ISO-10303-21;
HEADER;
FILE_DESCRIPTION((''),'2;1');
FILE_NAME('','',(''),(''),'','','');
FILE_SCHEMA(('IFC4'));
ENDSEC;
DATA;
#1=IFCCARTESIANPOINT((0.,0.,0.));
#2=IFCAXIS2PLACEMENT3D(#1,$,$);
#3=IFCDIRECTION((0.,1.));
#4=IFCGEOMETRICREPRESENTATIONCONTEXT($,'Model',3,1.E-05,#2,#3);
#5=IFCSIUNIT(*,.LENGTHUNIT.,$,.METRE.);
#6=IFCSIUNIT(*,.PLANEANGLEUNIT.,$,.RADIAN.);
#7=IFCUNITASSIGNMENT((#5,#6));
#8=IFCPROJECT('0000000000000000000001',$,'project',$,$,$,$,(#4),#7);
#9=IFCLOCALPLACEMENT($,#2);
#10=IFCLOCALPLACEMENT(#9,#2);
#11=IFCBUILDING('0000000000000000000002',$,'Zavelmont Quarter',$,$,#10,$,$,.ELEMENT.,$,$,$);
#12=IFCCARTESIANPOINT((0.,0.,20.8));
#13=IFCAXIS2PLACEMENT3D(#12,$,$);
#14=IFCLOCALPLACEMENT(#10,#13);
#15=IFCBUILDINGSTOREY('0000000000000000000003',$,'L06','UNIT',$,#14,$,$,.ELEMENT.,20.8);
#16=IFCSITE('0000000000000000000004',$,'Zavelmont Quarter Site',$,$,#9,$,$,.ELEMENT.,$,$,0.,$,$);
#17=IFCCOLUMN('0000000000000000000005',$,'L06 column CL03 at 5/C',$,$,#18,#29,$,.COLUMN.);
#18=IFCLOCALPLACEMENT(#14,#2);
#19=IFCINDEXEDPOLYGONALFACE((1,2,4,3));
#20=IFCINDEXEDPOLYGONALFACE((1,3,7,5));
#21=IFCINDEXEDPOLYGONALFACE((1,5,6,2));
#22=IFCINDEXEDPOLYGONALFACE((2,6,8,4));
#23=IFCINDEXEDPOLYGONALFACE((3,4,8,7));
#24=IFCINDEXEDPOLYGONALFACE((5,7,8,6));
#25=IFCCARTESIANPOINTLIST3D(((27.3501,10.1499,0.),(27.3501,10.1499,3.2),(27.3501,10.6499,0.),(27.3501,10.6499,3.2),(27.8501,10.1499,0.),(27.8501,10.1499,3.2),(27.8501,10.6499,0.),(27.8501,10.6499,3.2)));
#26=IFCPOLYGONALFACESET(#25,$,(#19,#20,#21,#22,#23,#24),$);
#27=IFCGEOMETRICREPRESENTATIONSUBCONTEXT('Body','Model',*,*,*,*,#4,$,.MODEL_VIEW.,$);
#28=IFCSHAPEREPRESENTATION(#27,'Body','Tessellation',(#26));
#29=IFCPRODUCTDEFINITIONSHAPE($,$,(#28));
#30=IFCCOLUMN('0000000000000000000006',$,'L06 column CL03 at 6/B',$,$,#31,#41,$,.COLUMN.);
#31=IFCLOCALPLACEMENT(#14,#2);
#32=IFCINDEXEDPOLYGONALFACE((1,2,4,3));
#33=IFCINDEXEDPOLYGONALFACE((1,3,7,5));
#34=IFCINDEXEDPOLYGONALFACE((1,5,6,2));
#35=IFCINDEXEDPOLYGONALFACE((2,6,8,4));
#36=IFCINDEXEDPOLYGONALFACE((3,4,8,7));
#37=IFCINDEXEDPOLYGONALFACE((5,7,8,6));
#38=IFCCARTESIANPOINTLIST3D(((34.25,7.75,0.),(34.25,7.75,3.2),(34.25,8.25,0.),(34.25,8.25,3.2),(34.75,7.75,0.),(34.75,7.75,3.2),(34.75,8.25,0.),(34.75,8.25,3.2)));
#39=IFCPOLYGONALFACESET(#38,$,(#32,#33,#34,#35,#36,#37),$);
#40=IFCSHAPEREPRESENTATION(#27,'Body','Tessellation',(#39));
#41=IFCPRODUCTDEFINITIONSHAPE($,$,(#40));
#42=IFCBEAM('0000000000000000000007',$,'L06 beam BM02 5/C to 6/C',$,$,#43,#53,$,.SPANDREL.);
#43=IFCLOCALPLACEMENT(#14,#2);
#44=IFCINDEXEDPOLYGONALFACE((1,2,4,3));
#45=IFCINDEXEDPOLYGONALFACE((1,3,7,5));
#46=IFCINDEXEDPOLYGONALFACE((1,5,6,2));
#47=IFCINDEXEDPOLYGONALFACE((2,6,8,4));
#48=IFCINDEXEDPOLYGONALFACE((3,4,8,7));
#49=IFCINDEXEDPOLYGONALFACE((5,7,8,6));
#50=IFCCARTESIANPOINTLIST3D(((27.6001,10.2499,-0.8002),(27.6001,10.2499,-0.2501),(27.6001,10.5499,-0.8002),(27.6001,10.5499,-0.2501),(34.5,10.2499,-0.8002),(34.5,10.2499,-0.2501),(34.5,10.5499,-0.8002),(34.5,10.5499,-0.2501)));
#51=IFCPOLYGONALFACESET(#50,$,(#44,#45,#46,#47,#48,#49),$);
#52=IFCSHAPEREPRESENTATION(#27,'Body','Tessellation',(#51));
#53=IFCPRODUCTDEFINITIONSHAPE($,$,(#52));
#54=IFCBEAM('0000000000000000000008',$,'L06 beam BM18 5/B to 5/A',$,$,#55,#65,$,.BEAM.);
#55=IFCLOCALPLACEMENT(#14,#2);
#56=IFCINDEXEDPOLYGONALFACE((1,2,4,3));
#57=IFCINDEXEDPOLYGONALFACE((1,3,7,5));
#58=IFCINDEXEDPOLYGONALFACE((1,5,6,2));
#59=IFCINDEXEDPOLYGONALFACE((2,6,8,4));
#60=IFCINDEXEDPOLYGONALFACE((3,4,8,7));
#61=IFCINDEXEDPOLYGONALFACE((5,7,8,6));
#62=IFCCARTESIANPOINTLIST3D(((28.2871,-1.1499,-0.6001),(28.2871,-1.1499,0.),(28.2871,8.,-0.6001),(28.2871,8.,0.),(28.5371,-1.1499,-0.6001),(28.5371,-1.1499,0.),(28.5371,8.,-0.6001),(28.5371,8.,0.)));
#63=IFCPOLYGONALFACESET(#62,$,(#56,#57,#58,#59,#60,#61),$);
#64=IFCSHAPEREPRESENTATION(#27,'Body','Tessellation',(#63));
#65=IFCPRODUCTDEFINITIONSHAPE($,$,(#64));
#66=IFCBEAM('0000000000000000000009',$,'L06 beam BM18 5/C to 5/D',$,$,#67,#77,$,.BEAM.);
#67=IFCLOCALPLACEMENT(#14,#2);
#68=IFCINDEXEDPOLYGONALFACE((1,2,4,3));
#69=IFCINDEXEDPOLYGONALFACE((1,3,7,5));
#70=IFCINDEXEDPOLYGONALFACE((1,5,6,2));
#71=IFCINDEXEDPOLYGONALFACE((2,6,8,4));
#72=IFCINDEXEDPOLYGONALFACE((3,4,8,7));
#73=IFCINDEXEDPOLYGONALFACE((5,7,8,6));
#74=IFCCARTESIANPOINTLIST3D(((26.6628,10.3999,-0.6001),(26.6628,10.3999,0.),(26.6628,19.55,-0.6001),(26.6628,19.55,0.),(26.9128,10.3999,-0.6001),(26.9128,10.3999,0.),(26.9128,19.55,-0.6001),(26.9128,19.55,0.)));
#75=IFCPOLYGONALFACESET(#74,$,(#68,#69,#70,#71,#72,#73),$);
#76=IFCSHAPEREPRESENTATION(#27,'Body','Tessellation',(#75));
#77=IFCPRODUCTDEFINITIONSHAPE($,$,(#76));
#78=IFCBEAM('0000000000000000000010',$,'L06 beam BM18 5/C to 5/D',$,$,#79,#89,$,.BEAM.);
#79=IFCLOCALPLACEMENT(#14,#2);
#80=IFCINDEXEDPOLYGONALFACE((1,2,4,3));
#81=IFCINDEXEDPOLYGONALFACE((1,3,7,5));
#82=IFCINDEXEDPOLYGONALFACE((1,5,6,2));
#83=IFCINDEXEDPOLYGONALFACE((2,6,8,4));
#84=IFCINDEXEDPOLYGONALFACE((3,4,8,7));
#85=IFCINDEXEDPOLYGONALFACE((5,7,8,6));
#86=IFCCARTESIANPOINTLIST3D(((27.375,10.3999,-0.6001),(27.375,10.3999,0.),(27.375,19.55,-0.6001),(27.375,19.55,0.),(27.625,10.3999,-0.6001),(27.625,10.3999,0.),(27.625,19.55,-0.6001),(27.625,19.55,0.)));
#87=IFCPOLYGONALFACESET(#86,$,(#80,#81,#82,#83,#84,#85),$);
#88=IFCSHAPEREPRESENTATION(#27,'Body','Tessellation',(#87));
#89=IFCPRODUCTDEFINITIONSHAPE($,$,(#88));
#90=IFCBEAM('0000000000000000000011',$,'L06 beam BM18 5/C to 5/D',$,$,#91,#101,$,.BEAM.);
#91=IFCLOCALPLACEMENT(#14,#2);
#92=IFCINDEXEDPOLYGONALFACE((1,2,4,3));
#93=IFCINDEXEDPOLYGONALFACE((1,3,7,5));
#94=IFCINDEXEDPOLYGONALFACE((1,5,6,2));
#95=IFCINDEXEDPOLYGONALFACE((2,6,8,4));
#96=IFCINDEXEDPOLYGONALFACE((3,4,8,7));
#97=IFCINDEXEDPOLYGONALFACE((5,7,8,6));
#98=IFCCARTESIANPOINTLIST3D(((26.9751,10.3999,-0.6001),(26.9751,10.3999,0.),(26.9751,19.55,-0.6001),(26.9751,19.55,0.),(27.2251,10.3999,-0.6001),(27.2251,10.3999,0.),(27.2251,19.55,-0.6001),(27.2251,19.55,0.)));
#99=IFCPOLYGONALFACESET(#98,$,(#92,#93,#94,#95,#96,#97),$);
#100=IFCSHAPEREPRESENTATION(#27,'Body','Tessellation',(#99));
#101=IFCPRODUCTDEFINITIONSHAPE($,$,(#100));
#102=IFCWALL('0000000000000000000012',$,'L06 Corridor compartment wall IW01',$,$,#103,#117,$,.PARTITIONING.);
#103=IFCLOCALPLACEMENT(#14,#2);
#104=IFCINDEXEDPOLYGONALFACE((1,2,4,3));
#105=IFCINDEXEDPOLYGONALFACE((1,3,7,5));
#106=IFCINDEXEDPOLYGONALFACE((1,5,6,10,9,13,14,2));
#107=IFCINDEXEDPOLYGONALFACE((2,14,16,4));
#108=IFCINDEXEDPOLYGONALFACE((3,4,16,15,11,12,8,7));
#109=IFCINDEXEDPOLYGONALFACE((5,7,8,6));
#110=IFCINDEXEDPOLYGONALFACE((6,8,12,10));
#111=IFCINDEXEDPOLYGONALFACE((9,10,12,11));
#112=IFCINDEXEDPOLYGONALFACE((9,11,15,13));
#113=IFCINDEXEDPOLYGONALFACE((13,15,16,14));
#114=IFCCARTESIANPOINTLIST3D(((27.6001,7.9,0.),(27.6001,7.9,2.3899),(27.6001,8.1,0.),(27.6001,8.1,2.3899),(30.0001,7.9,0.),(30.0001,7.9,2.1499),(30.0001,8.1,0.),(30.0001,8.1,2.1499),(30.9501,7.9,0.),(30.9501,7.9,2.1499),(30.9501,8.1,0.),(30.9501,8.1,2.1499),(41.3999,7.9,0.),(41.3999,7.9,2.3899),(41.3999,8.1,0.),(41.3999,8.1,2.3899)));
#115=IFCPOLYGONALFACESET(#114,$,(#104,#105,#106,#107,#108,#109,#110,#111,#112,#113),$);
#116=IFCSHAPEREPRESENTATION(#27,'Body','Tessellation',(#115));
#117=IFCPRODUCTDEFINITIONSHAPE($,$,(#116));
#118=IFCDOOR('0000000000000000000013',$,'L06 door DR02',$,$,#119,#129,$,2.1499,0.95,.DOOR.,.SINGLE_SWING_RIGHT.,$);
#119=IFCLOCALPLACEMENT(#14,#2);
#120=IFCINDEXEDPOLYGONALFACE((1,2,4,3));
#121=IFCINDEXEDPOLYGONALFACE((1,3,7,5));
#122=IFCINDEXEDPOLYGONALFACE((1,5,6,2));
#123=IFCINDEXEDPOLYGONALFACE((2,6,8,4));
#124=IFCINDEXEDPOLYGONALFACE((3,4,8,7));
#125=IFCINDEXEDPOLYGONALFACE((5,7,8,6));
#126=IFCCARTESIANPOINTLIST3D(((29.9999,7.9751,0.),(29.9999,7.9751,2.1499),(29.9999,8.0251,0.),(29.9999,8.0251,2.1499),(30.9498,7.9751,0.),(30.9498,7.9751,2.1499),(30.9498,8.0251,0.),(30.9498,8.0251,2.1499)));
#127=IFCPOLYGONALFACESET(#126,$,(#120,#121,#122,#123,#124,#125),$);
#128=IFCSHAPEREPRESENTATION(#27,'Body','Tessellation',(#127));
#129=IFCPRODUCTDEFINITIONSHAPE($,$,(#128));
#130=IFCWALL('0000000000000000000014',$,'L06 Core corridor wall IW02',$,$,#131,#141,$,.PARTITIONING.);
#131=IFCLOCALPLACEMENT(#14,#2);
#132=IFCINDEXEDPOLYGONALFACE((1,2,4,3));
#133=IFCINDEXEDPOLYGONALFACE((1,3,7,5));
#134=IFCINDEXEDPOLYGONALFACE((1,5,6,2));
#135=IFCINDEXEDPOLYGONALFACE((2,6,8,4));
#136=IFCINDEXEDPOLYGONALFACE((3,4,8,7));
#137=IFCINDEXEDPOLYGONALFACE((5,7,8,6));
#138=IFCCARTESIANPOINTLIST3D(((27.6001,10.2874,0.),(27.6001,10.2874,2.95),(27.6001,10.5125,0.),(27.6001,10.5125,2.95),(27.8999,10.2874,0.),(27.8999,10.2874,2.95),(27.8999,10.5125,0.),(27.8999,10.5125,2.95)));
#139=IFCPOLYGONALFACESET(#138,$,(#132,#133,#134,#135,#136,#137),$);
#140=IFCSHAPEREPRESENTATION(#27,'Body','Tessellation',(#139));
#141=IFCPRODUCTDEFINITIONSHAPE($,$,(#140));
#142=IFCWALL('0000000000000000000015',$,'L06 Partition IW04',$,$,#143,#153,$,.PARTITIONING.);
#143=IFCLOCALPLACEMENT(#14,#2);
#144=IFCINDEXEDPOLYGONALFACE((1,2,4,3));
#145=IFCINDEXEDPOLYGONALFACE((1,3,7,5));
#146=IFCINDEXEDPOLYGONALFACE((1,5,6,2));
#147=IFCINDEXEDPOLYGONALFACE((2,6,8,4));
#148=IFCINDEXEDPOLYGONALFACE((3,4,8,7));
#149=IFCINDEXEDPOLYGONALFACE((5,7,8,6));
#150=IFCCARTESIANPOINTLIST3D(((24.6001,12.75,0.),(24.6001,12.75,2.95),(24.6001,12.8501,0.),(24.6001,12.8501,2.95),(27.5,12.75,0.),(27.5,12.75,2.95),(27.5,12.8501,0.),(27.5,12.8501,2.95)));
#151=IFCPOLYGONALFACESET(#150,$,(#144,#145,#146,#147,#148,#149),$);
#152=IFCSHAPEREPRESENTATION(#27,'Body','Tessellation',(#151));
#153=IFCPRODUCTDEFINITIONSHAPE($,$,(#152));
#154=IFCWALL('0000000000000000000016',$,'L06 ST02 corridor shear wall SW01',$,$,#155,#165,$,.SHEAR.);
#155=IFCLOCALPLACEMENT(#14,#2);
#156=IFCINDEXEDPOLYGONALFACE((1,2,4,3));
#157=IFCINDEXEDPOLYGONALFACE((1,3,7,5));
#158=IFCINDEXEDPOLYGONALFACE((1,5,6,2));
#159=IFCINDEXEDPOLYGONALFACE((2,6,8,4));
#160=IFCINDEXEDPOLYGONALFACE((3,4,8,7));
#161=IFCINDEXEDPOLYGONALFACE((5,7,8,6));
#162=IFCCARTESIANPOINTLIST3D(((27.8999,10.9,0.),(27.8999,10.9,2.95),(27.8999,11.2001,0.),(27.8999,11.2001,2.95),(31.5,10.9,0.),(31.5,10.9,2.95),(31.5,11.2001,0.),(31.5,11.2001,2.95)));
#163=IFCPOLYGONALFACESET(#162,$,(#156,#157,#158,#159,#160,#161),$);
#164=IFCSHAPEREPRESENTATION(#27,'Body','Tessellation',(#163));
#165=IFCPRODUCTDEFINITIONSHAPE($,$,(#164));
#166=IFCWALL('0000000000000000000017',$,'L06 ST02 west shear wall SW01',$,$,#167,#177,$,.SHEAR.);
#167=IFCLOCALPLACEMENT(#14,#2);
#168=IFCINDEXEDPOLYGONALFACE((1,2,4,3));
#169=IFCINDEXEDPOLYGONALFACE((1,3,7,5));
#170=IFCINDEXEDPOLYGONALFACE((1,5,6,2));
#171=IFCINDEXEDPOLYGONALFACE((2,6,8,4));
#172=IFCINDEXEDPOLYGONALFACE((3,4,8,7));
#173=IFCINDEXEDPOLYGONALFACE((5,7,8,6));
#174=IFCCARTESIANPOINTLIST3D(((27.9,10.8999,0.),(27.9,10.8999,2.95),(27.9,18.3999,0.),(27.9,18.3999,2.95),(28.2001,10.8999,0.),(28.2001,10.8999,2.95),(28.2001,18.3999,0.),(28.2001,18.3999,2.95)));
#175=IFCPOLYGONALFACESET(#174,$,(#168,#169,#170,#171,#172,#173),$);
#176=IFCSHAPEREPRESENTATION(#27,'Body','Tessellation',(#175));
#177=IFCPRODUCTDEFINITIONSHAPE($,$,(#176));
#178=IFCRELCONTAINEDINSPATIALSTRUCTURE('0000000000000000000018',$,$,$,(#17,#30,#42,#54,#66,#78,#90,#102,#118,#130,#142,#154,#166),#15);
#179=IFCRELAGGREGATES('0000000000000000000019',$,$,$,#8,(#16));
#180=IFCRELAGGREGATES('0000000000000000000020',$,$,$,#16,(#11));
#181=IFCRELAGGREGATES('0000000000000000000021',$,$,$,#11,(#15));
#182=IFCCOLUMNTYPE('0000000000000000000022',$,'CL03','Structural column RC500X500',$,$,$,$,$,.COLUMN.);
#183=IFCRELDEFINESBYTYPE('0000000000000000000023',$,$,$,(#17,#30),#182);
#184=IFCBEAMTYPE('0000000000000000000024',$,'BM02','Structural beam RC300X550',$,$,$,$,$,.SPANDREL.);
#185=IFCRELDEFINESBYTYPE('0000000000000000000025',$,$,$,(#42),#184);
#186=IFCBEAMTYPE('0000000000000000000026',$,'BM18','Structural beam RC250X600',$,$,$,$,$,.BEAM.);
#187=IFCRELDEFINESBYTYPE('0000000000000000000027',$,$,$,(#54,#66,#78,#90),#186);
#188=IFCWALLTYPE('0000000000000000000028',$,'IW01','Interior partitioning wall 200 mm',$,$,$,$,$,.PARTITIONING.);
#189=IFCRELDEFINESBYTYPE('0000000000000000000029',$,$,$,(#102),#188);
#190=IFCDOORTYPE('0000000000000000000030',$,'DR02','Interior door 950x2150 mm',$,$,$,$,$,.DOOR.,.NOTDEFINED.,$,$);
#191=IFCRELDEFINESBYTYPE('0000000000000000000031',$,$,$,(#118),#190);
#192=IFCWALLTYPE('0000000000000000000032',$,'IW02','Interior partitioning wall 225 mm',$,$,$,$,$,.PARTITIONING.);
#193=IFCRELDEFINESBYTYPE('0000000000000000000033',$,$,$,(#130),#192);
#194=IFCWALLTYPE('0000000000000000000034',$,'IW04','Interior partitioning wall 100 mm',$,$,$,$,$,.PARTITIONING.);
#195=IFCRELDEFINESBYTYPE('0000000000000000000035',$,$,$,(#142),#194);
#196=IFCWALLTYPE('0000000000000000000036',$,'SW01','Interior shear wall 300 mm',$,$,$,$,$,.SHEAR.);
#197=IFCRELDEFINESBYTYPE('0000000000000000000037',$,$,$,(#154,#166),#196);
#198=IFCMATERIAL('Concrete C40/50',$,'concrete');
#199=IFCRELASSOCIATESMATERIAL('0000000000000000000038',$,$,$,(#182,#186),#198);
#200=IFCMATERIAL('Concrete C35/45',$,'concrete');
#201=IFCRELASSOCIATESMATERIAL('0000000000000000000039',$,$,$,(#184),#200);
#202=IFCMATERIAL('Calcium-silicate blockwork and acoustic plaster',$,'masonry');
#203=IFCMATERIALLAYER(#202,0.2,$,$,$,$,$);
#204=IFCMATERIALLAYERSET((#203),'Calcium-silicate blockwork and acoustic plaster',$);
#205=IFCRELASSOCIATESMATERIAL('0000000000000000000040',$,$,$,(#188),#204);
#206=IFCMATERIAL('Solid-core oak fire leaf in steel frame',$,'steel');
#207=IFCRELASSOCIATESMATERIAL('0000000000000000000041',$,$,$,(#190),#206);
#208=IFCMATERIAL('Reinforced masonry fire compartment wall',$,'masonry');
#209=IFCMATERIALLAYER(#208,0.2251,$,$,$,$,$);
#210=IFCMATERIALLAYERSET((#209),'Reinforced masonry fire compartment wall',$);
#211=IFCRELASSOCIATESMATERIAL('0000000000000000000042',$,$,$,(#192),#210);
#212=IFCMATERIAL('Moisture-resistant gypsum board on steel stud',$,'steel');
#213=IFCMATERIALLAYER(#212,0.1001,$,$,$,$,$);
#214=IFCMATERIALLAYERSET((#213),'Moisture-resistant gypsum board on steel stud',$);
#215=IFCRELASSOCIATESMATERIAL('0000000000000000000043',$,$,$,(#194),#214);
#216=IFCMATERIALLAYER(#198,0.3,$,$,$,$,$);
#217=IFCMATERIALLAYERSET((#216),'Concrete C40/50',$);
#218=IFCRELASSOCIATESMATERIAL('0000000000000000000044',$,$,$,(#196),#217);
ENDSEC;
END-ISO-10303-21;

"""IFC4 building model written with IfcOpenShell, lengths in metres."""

from ifc_helpers import new_model, si_unit, direction, frame, frame_2d, origin, origin_2d, place, context, subcontext, project, spatial, rectangle, extrude, material, layer, layer_set, material_profile, profile_set, type_object, element, fill, save


model = new_model("IFC4")

# Units and contexts
model_context = context("Model", 3, precision=1e-05, world=origin(), true_north=direction((0.0, 1.0)))
body_context = subcontext(model_context, "Body", "Model", "MODEL_VIEW")
ifc_project = project(units=[si_unit("LENGTHUNIT", "METRE"), si_unit("PLANEANGLEUNIT", "RADIAN")], contexts=[model_context])

# Site, building, storey
site_placement = place(None, origin())
site = spatial("IfcSite", under=ifc_project, at=site_placement, Name="Zavelmont Quarter Site", CompositionType="ELEMENT", RefElevation=0.0)
building_placement = place(site_placement, origin())
building = spatial("IfcBuilding", under=site, at=building_placement, Name="Zavelmont Quarter", CompositionType="ELEMENT")
storey_placement = place(building_placement, frame((0.0, 0.0, 20.8)))
storey = spatial("IfcBuildingStorey", under=building, at=storey_placement, Name="L06", Description="UNIT", CompositionType="ELEMENT", Elevation=20.8)

# Columns
ifc_material_1 = material(Name="Concrete C40/50", Category="concrete")
ifc_material_profile_1 = material_profile(ifc_material_1, rectangle(XDim=0.5, YDim=0.5, at=origin_2d()), Name="RC500X500")
ifc_profile_set_1 = profile_set([ifc_material_profile_1], Name="Concrete C40/50")
column_type = type_object("IfcColumnType", Name="CL03", Description="Structural column RC500X500", PredefinedType="COLUMN", material=ifc_profile_set_1)
for number, where, z_axis, x_axis, name in (
    (1, (27.6001, 10.3999, 0.0), (0.0, 0.0, 1.0), (1.0, 0.0, 0.0), "L06 column CL03 at 5/C"),
    (2, (34.5, 8.0, 0.0), (0.0, 0.0, 1.0), (1.0, 0.0, 0.0), "L06 column CL03 at 6/B"),
):
    element("IfcColumn", number, at=place(storey_placement, frame(where, z_axis=z_axis, x_axis=x_axis)), inside=storey, type_object=column_type, Name=name, PredefinedType="COLUMN", context=body_context, shape_type="SweptSolid", body=[
        extrude(rectangle(XDim=0.5, YDim=0.5, at=origin_2d()), origin(), (0.0, 0.0, 1.0), 3.2),
    ])

# Beams
ifc_material_2 = material(Name="Concrete C35/45", Category="concrete")
ifc_material_profile_2 = material_profile(ifc_material_2, rectangle(XDim=0.3, YDim=0.55, at=origin_2d()), Name="RC300X550")
ifc_profile_set_2 = profile_set([ifc_material_profile_2], Name="Concrete C35/45")
beam_type_1 = type_object("IfcBeamType", Name="BM02", Description="Structural beam RC300X550", PredefinedType="SPANDREL", material=ifc_profile_set_2)
beam_1_placement = place(storey_placement, frame((27.6001, 10.3999, -0.5251), z_axis=(1.0, 0.0, 0.0), x_axis=(0.0, 1.0, 0.0)))
element("IfcBeam", 3, at=beam_1_placement, inside=storey, type_object=beam_type_1, Name="L06 beam BM02 5/C to 6/C", PredefinedType="SPANDREL", context=body_context, shape_type="SweptSolid", body=[
    extrude(rectangle(XDim=0.3, YDim=0.55, at=origin_2d()), origin(), (0.0, 0.0, 1.0), 6.8999),
])
ifc_material_profile_3 = material_profile(ifc_material_1, rectangle(XDim=0.25, YDim=0.6001, at=origin_2d()), Name="RC250X600")
ifc_profile_set_3 = profile_set([ifc_material_profile_3], Name="Concrete C40/50")
beam_type_2 = type_object("IfcBeamType", Name="BM18", Description="Structural beam RC250X600", PredefinedType="BEAM", material=ifc_profile_set_3)
beam_2_placement = place(storey_placement, frame((28.4121, 8.0, -0.3), z_axis=(0.0, -1.0, 0.0), x_axis=(1.0, 0.0, 0.0)))
element("IfcBeam", 4, at=beam_2_placement, inside=storey, type_object=beam_type_2, Name="L06 beam BM18 5/B to 5/A", PredefinedType="BEAM", context=body_context, shape_type="SweptSolid", body=[
    extrude(rectangle(XDim=0.25, YDim=0.6001, at=origin_2d()), origin(), (0.0, 0.0, 1.0), 9.1499),
])
for number, where, z_axis, x_axis, name in (
    (5, (26.7878, 10.3999, -0.3), (0.0, 1.0, 0.0), (-1.0, 0.0, 0.0), "L06 beam BM18 5/C to 5/D"),
    (6, (27.5, 10.3999, -0.3), (0.0, 1.0, 0.0), (-1.0, 0.0, 0.0), "L06 beam BM18 5/C to 5/D"),
    (7, (27.1001, 10.3999, -0.3), (0.0, 1.0, 0.0), (-1.0, 0.0, 0.0), "L06 beam BM18 5/C to 5/D"),
):
    element("IfcBeam", number, at=place(storey_placement, frame(where, z_axis=z_axis, x_axis=x_axis)), inside=storey, type_object=beam_type_2, Name=name, PredefinedType="BEAM", context=body_context, shape_type="SweptSolid", body=[
        extrude(rectangle(XDim=0.25, YDim=0.6001, at=origin_2d()), origin(), (0.0, 0.0, 1.0), 9.1501),
    ])

# Wall, opening, door
ifc_material_3 = material(Name="Calcium-silicate blockwork and acoustic plaster", Category="masonry")
ifc_layer_1 = layer(ifc_material_3, 0.2)
ifc_layer_set_1 = layer_set([ifc_layer_1], Name="Calcium-silicate blockwork and acoustic plaster")
wall_type_1 = type_object("IfcWallType", Name="IW01", Description="Interior partitioning wall 200 mm", PredefinedType="PARTITIONING", material=ifc_layer_set_1)
wall_1_placement = place(storey_placement, frame((27.6001, 8.0, 0.0), z_axis=(0.0, 0.0, 1.0), x_axis=(1.0, 0.0, 0.0)))
wall_1 = element("IfcWall", 8, at=wall_1_placement, inside=storey, type_object=wall_type_1, Name="L06 Corridor compartment wall IW01", PredefinedType="PARTITIONING", context=body_context, shape_type="SweptSolid", body=[
    extrude(rectangle(XDim=13.7998, YDim=0.2, at=frame_2d((6.8999, 0.0))), origin(), (0.0, 0.0, 1.0), 2.3899),
])
opening_1_placement = place(wall_1_placement, frame((2.3999, 0.0, 0.0)))
opening_1 = element("IfcOpeningElement", 9, at=opening_1_placement, cuts=wall_1, PredefinedType="OPENING", context=body_context, shape_type="SweptSolid", body=[
    extrude(rectangle(XDim=0.95, YDim=2.1499, at=frame_2d((0.4751, 1.075))), frame((0.0, 0.1118, 0.0), z_axis=(0.0, -1.0, 0.0), x_axis=(1.0, 0.0, 0.0)), (0.0, 0.0, 1.0), 0.2239),
])
ifc_material_4 = material(Name="Solid-core oak fire leaf in steel frame", Category="steel")
door_type_1 = type_object("IfcDoorType", Name="DR02", Description="Interior door 950x2150 mm", OperationType="NOTDEFINED", PredefinedType="DOOR", material=ifc_material_4)
door_1_placement = place(opening_1_placement, frame((0.95, 0.0, 0.0), z_axis=(0.0, 0.0, 1.0), x_axis=(-1.0, 0.0, 0.0)))
door_1 = element("IfcDoor", 10, at=door_1_placement, inside=storey, type_object=door_type_1, Name="L06 door DR02", OperationType="SINGLE_SWING_RIGHT", OverallHeight=2.1499, OverallWidth=0.95, PredefinedType="DOOR", context=body_context, shape_type="SweptSolid", body=[
    extrude(rectangle(XDim=0.95, YDim=2.1499, at=frame_2d((0.4751, 1.075))), frame((0.0, 0.0249, 0.0), z_axis=(0.0, -1.0, 0.0), x_axis=(1.0, 0.0, 0.0)), (0.0, 0.0, 1.0), 0.05),
])
fill(opening_1, door_1)

# Wall
ifc_material_5 = material(Name="Reinforced masonry fire compartment wall", Category="masonry")
ifc_layer_2 = layer(ifc_material_5, 0.2251)
ifc_layer_set_2 = layer_set([ifc_layer_2], Name="Reinforced masonry fire compartment wall")
wall_type_2 = type_object("IfcWallType", Name="IW02", Description="Interior partitioning wall 225 mm", PredefinedType="PARTITIONING", material=ifc_layer_set_2)
wall_2_placement = place(storey_placement, frame((27.6001, 10.3999, 0.0), z_axis=(0.0, 0.0, 1.0), x_axis=(1.0, 0.0, 0.0)))
element("IfcWall", 11, at=wall_2_placement, inside=storey, type_object=wall_type_2, Name="L06 Core corridor wall IW02", PredefinedType="PARTITIONING", context=body_context, shape_type="SweptSolid", body=[
    extrude(rectangle(XDim=0.2998, YDim=0.2251, at=frame_2d((0.1499, 0.0))), origin(), (0.0, 0.0, 1.0), 2.95),
])

# Walls
ifc_material_6 = material(Name="Moisture-resistant gypsum board on steel stud", Category="steel")
ifc_layer_3 = layer(ifc_material_6, 0.1001)
ifc_layer_set_3 = layer_set([ifc_layer_3], Name="Moisture-resistant gypsum board on steel stud")
wall_type_3 = type_object("IfcWallType", Name="IW04", Description="Interior partitioning wall 100 mm", PredefinedType="PARTITIONING", material=ifc_layer_set_3)
wall_3_placement = place(storey_placement, frame((24.6001, 12.8, 0.0), z_axis=(0.0, 0.0, 1.0), x_axis=(1.0, 0.0, 0.0)))
element("IfcWall", 12, at=wall_3_placement, inside=storey, type_object=wall_type_3, Name="L06 Partition IW04", PredefinedType="PARTITIONING", context=body_context, shape_type="SweptSolid", body=[
    extrude(rectangle(XDim=2.8999, YDim=0.1001, at=frame_2d((1.45, 0.0))), origin(), (0.0, 0.0, 1.0), 2.95),
])
ifc_layer_4 = layer(ifc_material_1, 0.3)
ifc_layer_set_4 = layer_set([ifc_layer_4], Name="Concrete C40/50")
wall_type_4 = type_object("IfcWallType", Name="SW01", Description="Interior shear wall 300 mm", PredefinedType="SHEAR", material=ifc_layer_set_4)
wall_4_placement = place(storey_placement, frame((27.8999, 11.05, 0.0), z_axis=(0.0, 0.0, 1.0), x_axis=(1.0, 0.0, 0.0)))
element("IfcWall", 13, at=wall_4_placement, inside=storey, type_object=wall_type_4, Name="L06 ST02 corridor shear wall SW01", PredefinedType="SHEAR", context=body_context, shape_type="SweptSolid", body=[
    extrude(rectangle(XDim=3.6001, YDim=0.3, at=frame_2d((1.8, 0.0))), origin(), (0.0, 0.0, 1.0), 2.95),
])
wall_5_placement = place(storey_placement, frame((28.05, 10.8999, 0.0), z_axis=(0.0, 0.0, 1.0), x_axis=(0.0, 1.0, 0.0)))
element("IfcWall", 14, at=wall_5_placement, inside=storey, type_object=wall_type_4, Name="L06 ST02 west shear wall SW01", PredefinedType="SHEAR", context=body_context, shape_type="SweptSolid", body=[
    extrude(rectangle(XDim=7.5, YDim=0.3, at=frame_2d((3.75, 0.0))), origin(), (0.0, 0.0, 1.0), 2.95),
])

save(model, "model.ifc")
